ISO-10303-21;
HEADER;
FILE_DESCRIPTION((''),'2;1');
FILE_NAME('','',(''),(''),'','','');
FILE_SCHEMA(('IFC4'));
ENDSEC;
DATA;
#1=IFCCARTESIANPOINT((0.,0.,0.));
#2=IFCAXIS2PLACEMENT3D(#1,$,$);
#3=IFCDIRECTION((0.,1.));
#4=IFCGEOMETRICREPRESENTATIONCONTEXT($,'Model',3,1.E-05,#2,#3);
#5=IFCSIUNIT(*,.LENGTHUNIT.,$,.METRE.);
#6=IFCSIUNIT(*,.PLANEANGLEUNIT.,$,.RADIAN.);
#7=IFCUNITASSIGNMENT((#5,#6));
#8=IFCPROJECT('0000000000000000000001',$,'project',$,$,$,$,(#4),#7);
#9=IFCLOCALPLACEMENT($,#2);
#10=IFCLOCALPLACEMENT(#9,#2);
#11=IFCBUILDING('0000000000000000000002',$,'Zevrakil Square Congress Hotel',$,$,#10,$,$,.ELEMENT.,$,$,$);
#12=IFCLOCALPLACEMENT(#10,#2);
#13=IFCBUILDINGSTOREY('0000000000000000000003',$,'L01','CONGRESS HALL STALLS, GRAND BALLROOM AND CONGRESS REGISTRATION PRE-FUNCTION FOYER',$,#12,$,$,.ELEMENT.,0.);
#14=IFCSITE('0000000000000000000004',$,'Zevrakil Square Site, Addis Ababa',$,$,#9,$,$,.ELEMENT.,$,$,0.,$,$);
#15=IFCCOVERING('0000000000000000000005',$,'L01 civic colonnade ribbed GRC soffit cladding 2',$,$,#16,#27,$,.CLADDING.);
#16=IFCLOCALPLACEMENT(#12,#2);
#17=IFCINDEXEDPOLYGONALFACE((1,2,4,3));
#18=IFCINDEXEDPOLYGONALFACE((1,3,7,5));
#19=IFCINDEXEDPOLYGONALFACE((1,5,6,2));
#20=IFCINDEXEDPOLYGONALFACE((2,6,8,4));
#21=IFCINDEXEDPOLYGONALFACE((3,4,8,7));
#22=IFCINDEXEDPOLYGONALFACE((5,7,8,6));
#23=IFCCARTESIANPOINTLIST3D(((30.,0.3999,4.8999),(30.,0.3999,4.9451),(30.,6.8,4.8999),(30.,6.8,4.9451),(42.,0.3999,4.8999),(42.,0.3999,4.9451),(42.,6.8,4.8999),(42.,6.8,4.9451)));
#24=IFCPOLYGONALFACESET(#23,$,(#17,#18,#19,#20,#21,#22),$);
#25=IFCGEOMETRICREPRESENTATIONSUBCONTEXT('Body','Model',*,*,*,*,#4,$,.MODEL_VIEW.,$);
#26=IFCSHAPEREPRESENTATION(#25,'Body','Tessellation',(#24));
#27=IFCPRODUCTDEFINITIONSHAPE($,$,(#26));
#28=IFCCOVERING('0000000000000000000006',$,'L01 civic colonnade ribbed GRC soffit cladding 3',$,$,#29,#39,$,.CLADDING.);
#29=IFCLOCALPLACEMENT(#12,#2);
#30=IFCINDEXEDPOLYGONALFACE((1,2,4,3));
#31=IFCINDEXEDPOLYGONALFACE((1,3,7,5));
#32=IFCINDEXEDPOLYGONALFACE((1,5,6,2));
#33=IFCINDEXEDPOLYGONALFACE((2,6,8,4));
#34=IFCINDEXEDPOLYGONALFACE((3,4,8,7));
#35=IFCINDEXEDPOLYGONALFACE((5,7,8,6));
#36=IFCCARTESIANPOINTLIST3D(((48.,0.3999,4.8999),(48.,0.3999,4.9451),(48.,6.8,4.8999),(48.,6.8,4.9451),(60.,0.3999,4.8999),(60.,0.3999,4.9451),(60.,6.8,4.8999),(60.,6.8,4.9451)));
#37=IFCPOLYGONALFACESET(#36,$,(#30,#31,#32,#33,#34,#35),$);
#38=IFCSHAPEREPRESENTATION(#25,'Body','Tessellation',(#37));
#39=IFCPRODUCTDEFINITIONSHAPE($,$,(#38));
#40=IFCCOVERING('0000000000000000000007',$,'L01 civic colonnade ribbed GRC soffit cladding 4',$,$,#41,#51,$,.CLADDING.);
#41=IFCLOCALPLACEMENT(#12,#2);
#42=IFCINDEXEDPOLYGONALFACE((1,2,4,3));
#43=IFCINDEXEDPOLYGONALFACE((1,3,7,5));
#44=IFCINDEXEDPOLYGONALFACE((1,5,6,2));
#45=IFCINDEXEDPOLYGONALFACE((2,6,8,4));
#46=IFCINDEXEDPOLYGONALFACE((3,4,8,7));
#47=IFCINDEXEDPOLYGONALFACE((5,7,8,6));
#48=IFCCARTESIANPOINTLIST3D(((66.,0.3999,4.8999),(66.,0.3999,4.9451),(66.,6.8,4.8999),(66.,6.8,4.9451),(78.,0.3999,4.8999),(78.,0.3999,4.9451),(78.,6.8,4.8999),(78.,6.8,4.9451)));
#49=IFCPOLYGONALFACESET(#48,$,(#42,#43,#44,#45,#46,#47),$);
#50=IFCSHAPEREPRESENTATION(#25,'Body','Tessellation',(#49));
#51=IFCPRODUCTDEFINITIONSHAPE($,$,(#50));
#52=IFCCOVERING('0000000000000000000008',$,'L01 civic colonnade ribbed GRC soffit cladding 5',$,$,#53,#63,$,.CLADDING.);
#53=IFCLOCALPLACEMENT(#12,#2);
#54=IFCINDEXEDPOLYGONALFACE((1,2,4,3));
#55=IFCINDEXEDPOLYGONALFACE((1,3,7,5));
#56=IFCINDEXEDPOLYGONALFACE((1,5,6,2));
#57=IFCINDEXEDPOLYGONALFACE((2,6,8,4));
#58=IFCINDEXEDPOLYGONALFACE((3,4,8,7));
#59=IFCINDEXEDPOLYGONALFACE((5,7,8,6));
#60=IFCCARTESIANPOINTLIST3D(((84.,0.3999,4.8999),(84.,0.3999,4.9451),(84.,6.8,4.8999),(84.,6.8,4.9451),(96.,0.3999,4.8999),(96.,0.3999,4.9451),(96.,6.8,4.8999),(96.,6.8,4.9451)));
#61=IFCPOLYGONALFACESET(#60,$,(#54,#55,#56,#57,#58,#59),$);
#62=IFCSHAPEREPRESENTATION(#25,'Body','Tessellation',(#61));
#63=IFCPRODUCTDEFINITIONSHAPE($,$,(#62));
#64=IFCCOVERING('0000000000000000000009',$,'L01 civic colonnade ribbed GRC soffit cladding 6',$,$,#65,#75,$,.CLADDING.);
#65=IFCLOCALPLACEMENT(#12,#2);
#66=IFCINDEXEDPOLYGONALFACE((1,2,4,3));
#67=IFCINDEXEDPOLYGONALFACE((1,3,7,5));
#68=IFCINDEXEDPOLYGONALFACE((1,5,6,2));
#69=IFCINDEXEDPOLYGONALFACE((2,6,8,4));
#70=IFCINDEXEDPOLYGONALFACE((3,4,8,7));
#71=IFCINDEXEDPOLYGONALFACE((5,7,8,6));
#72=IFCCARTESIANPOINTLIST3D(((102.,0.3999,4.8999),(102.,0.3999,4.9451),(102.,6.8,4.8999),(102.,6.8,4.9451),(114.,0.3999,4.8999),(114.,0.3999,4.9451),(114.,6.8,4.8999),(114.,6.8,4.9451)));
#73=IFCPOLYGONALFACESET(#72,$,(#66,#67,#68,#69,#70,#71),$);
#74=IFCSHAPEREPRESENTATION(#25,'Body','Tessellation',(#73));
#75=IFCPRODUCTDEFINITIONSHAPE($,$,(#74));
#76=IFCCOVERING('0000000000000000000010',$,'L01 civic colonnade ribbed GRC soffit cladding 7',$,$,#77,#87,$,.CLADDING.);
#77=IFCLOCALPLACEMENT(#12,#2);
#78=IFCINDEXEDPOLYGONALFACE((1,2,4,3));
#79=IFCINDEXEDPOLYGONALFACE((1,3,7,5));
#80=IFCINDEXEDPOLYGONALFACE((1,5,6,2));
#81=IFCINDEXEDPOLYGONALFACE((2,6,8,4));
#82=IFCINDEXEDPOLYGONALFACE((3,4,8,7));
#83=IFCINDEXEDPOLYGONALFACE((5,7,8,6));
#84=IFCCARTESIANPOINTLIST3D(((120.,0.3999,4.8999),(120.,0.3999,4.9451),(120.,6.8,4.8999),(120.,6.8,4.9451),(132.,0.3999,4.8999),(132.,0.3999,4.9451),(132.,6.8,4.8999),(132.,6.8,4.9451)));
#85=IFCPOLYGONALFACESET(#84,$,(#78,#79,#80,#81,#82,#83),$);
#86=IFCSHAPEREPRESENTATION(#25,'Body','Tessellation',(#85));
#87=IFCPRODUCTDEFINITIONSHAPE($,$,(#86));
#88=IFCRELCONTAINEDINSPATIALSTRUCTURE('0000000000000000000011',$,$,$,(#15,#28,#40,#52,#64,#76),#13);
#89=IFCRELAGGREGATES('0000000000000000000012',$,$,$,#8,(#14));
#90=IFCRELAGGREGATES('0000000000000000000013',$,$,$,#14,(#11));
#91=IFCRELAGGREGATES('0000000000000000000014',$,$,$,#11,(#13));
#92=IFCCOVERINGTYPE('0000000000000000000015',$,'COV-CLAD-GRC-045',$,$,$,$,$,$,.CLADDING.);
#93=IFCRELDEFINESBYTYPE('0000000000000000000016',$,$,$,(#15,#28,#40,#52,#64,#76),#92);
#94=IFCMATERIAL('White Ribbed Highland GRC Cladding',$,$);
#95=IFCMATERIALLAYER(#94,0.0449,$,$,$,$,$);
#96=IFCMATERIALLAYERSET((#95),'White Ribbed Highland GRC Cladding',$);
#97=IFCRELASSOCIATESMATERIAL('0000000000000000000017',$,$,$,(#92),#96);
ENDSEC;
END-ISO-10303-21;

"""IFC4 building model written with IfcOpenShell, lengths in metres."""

from ifc_helpers import new_model, si_unit, direction, frame, origin, place, context, subcontext, project, spatial, polyline, outline, extrude, material, layer, layer_set, type_object, element, save


model = new_model("IFC4")

# Units and contexts
model_context = context("Model", 3, precision=1e-05, world=origin(), true_north=direction((0.0, 1.0)))
body_context = subcontext(model_context, "Body", "Model", "MODEL_VIEW")
ifc_project = project(units=[si_unit("LENGTHUNIT", "METRE"), si_unit("PLANEANGLEUNIT", "RADIAN")], contexts=[model_context])

# Site, building, storey
site_placement = place(None, origin())
site = spatial("IfcSite", under=ifc_project, at=site_placement, Name="Zevrakil Square Site, Addis Ababa", CompositionType="ELEMENT", RefElevation=0.0)
building_placement = place(site_placement, origin())
building = spatial("IfcBuilding", under=site, at=building_placement, Name="Zevrakil Square Congress Hotel", CompositionType="ELEMENT")
storey_placement = place(building_placement, origin())
storey = spatial("IfcBuildingStorey", under=building, at=storey_placement, Name="L01", Description="CONGRESS HALL STALLS, GRAND BALLROOM AND CONGRESS REGISTRATION PRE-FUNCTION FOYER", CompositionType="ELEMENT", Elevation=0.0)

# Coverings
ifc_material_1 = material(Name="White Ribbed Highland GRC Cladding")
ifc_layer_1 = layer(ifc_material_1, 0.0449)
ifc_layer_set_1 = layer_set([ifc_layer_1], Name="White Ribbed Highland GRC Cladding")
covering_type = type_object("IfcCoveringType", Name="COV-CLAD-GRC-045", PredefinedType="CLADDING", material=ifc_layer_set_1)
covering_1_placement = place(storey_placement, frame((0.0, 0.0, 4.8999)))
element("IfcCovering", 1, at=covering_1_placement, inside=storey, type_object=covering_type, Name="L01 civic colonnade ribbed GRC soffit cladding 2", PredefinedType="CLADDING", context=body_context, shape_type="SweptSolid", body=[
    extrude(outline(polyline([(30.0, 0.3999), (42.0, 0.3999), (42.0, 6.8), (30.0, 6.8), (30.0, 0.3999)])), origin(), (0.0, 0.0, 1.0), 0.0452),
])
covering_2_placement = place(storey_placement, frame((0.0, 0.0, 4.8999)))
element("IfcCovering", 2, at=covering_2_placement, inside=storey, type_object=covering_type, Name="L01 civic colonnade ribbed GRC soffit cladding 3", PredefinedType="CLADDING", context=body_context, shape_type="SweptSolid", body=[
    extrude(outline(polyline([(48.0, 0.3999), (60.0, 0.3999), (60.0, 6.8), (48.0, 6.8), (48.0, 0.3999)])), origin(), (0.0, 0.0, 1.0), 0.0452),
])
covering_3_placement = place(storey_placement, frame((0.0, 0.0, 4.8999)))
element("IfcCovering", 3, at=covering_3_placement, inside=storey, type_object=covering_type, Name="L01 civic colonnade ribbed GRC soffit cladding 4", PredefinedType="CLADDING", context=body_context, shape_type="SweptSolid", body=[
    extrude(outline(polyline([(66.0, 0.3999), (78.0, 0.3999), (78.0, 6.8), (66.0, 6.8), (66.0, 0.3999)])), origin(), (0.0, 0.0, 1.0), 0.0452),
])
covering_4_placement = place(storey_placement, frame((0.0, 0.0, 4.8999)))
element("IfcCovering", 4, at=covering_4_placement, inside=storey, type_object=covering_type, Name="L01 civic colonnade ribbed GRC soffit cladding 5", PredefinedType="CLADDING", context=body_context, shape_type="SweptSolid", body=[
    extrude(outline(polyline([(84.0, 0.3999), (96.0, 0.3999), (96.0, 6.8), (84.0, 6.8), (84.0, 0.3999)])), origin(), (0.0, 0.0, 1.0), 0.0452),
])
covering_5_placement = place(storey_placement, frame((0.0, 0.0, 4.8999)))
element("IfcCovering", 5, at=covering_5_placement, inside=storey, type_object=covering_type, Name="L01 civic colonnade ribbed GRC soffit cladding 6", PredefinedType="CLADDING", context=body_context, shape_type="SweptSolid", body=[
    extrude(outline(polyline([(102.0, 0.3999), (114.0, 0.3999), (114.0, 6.8), (102.0, 6.8), (102.0, 0.3999)])), origin(), (0.0, 0.0, 1.0), 0.0452),
])
covering_6_placement = place(storey_placement, frame((0.0, 0.0, 4.8999)))
element("IfcCovering", 6, at=covering_6_placement, inside=storey, type_object=covering_type, Name="L01 civic colonnade ribbed GRC soffit cladding 7", PredefinedType="CLADDING", context=body_context, shape_type="SweptSolid", body=[
    extrude(outline(polyline([(120.0, 0.3999), (132.0, 0.3999), (132.0, 6.8), (120.0, 6.8), (120.0, 0.3999)])), origin(), (0.0, 0.0, 1.0), 0.0452),
])

save(model, "model.ifc")
